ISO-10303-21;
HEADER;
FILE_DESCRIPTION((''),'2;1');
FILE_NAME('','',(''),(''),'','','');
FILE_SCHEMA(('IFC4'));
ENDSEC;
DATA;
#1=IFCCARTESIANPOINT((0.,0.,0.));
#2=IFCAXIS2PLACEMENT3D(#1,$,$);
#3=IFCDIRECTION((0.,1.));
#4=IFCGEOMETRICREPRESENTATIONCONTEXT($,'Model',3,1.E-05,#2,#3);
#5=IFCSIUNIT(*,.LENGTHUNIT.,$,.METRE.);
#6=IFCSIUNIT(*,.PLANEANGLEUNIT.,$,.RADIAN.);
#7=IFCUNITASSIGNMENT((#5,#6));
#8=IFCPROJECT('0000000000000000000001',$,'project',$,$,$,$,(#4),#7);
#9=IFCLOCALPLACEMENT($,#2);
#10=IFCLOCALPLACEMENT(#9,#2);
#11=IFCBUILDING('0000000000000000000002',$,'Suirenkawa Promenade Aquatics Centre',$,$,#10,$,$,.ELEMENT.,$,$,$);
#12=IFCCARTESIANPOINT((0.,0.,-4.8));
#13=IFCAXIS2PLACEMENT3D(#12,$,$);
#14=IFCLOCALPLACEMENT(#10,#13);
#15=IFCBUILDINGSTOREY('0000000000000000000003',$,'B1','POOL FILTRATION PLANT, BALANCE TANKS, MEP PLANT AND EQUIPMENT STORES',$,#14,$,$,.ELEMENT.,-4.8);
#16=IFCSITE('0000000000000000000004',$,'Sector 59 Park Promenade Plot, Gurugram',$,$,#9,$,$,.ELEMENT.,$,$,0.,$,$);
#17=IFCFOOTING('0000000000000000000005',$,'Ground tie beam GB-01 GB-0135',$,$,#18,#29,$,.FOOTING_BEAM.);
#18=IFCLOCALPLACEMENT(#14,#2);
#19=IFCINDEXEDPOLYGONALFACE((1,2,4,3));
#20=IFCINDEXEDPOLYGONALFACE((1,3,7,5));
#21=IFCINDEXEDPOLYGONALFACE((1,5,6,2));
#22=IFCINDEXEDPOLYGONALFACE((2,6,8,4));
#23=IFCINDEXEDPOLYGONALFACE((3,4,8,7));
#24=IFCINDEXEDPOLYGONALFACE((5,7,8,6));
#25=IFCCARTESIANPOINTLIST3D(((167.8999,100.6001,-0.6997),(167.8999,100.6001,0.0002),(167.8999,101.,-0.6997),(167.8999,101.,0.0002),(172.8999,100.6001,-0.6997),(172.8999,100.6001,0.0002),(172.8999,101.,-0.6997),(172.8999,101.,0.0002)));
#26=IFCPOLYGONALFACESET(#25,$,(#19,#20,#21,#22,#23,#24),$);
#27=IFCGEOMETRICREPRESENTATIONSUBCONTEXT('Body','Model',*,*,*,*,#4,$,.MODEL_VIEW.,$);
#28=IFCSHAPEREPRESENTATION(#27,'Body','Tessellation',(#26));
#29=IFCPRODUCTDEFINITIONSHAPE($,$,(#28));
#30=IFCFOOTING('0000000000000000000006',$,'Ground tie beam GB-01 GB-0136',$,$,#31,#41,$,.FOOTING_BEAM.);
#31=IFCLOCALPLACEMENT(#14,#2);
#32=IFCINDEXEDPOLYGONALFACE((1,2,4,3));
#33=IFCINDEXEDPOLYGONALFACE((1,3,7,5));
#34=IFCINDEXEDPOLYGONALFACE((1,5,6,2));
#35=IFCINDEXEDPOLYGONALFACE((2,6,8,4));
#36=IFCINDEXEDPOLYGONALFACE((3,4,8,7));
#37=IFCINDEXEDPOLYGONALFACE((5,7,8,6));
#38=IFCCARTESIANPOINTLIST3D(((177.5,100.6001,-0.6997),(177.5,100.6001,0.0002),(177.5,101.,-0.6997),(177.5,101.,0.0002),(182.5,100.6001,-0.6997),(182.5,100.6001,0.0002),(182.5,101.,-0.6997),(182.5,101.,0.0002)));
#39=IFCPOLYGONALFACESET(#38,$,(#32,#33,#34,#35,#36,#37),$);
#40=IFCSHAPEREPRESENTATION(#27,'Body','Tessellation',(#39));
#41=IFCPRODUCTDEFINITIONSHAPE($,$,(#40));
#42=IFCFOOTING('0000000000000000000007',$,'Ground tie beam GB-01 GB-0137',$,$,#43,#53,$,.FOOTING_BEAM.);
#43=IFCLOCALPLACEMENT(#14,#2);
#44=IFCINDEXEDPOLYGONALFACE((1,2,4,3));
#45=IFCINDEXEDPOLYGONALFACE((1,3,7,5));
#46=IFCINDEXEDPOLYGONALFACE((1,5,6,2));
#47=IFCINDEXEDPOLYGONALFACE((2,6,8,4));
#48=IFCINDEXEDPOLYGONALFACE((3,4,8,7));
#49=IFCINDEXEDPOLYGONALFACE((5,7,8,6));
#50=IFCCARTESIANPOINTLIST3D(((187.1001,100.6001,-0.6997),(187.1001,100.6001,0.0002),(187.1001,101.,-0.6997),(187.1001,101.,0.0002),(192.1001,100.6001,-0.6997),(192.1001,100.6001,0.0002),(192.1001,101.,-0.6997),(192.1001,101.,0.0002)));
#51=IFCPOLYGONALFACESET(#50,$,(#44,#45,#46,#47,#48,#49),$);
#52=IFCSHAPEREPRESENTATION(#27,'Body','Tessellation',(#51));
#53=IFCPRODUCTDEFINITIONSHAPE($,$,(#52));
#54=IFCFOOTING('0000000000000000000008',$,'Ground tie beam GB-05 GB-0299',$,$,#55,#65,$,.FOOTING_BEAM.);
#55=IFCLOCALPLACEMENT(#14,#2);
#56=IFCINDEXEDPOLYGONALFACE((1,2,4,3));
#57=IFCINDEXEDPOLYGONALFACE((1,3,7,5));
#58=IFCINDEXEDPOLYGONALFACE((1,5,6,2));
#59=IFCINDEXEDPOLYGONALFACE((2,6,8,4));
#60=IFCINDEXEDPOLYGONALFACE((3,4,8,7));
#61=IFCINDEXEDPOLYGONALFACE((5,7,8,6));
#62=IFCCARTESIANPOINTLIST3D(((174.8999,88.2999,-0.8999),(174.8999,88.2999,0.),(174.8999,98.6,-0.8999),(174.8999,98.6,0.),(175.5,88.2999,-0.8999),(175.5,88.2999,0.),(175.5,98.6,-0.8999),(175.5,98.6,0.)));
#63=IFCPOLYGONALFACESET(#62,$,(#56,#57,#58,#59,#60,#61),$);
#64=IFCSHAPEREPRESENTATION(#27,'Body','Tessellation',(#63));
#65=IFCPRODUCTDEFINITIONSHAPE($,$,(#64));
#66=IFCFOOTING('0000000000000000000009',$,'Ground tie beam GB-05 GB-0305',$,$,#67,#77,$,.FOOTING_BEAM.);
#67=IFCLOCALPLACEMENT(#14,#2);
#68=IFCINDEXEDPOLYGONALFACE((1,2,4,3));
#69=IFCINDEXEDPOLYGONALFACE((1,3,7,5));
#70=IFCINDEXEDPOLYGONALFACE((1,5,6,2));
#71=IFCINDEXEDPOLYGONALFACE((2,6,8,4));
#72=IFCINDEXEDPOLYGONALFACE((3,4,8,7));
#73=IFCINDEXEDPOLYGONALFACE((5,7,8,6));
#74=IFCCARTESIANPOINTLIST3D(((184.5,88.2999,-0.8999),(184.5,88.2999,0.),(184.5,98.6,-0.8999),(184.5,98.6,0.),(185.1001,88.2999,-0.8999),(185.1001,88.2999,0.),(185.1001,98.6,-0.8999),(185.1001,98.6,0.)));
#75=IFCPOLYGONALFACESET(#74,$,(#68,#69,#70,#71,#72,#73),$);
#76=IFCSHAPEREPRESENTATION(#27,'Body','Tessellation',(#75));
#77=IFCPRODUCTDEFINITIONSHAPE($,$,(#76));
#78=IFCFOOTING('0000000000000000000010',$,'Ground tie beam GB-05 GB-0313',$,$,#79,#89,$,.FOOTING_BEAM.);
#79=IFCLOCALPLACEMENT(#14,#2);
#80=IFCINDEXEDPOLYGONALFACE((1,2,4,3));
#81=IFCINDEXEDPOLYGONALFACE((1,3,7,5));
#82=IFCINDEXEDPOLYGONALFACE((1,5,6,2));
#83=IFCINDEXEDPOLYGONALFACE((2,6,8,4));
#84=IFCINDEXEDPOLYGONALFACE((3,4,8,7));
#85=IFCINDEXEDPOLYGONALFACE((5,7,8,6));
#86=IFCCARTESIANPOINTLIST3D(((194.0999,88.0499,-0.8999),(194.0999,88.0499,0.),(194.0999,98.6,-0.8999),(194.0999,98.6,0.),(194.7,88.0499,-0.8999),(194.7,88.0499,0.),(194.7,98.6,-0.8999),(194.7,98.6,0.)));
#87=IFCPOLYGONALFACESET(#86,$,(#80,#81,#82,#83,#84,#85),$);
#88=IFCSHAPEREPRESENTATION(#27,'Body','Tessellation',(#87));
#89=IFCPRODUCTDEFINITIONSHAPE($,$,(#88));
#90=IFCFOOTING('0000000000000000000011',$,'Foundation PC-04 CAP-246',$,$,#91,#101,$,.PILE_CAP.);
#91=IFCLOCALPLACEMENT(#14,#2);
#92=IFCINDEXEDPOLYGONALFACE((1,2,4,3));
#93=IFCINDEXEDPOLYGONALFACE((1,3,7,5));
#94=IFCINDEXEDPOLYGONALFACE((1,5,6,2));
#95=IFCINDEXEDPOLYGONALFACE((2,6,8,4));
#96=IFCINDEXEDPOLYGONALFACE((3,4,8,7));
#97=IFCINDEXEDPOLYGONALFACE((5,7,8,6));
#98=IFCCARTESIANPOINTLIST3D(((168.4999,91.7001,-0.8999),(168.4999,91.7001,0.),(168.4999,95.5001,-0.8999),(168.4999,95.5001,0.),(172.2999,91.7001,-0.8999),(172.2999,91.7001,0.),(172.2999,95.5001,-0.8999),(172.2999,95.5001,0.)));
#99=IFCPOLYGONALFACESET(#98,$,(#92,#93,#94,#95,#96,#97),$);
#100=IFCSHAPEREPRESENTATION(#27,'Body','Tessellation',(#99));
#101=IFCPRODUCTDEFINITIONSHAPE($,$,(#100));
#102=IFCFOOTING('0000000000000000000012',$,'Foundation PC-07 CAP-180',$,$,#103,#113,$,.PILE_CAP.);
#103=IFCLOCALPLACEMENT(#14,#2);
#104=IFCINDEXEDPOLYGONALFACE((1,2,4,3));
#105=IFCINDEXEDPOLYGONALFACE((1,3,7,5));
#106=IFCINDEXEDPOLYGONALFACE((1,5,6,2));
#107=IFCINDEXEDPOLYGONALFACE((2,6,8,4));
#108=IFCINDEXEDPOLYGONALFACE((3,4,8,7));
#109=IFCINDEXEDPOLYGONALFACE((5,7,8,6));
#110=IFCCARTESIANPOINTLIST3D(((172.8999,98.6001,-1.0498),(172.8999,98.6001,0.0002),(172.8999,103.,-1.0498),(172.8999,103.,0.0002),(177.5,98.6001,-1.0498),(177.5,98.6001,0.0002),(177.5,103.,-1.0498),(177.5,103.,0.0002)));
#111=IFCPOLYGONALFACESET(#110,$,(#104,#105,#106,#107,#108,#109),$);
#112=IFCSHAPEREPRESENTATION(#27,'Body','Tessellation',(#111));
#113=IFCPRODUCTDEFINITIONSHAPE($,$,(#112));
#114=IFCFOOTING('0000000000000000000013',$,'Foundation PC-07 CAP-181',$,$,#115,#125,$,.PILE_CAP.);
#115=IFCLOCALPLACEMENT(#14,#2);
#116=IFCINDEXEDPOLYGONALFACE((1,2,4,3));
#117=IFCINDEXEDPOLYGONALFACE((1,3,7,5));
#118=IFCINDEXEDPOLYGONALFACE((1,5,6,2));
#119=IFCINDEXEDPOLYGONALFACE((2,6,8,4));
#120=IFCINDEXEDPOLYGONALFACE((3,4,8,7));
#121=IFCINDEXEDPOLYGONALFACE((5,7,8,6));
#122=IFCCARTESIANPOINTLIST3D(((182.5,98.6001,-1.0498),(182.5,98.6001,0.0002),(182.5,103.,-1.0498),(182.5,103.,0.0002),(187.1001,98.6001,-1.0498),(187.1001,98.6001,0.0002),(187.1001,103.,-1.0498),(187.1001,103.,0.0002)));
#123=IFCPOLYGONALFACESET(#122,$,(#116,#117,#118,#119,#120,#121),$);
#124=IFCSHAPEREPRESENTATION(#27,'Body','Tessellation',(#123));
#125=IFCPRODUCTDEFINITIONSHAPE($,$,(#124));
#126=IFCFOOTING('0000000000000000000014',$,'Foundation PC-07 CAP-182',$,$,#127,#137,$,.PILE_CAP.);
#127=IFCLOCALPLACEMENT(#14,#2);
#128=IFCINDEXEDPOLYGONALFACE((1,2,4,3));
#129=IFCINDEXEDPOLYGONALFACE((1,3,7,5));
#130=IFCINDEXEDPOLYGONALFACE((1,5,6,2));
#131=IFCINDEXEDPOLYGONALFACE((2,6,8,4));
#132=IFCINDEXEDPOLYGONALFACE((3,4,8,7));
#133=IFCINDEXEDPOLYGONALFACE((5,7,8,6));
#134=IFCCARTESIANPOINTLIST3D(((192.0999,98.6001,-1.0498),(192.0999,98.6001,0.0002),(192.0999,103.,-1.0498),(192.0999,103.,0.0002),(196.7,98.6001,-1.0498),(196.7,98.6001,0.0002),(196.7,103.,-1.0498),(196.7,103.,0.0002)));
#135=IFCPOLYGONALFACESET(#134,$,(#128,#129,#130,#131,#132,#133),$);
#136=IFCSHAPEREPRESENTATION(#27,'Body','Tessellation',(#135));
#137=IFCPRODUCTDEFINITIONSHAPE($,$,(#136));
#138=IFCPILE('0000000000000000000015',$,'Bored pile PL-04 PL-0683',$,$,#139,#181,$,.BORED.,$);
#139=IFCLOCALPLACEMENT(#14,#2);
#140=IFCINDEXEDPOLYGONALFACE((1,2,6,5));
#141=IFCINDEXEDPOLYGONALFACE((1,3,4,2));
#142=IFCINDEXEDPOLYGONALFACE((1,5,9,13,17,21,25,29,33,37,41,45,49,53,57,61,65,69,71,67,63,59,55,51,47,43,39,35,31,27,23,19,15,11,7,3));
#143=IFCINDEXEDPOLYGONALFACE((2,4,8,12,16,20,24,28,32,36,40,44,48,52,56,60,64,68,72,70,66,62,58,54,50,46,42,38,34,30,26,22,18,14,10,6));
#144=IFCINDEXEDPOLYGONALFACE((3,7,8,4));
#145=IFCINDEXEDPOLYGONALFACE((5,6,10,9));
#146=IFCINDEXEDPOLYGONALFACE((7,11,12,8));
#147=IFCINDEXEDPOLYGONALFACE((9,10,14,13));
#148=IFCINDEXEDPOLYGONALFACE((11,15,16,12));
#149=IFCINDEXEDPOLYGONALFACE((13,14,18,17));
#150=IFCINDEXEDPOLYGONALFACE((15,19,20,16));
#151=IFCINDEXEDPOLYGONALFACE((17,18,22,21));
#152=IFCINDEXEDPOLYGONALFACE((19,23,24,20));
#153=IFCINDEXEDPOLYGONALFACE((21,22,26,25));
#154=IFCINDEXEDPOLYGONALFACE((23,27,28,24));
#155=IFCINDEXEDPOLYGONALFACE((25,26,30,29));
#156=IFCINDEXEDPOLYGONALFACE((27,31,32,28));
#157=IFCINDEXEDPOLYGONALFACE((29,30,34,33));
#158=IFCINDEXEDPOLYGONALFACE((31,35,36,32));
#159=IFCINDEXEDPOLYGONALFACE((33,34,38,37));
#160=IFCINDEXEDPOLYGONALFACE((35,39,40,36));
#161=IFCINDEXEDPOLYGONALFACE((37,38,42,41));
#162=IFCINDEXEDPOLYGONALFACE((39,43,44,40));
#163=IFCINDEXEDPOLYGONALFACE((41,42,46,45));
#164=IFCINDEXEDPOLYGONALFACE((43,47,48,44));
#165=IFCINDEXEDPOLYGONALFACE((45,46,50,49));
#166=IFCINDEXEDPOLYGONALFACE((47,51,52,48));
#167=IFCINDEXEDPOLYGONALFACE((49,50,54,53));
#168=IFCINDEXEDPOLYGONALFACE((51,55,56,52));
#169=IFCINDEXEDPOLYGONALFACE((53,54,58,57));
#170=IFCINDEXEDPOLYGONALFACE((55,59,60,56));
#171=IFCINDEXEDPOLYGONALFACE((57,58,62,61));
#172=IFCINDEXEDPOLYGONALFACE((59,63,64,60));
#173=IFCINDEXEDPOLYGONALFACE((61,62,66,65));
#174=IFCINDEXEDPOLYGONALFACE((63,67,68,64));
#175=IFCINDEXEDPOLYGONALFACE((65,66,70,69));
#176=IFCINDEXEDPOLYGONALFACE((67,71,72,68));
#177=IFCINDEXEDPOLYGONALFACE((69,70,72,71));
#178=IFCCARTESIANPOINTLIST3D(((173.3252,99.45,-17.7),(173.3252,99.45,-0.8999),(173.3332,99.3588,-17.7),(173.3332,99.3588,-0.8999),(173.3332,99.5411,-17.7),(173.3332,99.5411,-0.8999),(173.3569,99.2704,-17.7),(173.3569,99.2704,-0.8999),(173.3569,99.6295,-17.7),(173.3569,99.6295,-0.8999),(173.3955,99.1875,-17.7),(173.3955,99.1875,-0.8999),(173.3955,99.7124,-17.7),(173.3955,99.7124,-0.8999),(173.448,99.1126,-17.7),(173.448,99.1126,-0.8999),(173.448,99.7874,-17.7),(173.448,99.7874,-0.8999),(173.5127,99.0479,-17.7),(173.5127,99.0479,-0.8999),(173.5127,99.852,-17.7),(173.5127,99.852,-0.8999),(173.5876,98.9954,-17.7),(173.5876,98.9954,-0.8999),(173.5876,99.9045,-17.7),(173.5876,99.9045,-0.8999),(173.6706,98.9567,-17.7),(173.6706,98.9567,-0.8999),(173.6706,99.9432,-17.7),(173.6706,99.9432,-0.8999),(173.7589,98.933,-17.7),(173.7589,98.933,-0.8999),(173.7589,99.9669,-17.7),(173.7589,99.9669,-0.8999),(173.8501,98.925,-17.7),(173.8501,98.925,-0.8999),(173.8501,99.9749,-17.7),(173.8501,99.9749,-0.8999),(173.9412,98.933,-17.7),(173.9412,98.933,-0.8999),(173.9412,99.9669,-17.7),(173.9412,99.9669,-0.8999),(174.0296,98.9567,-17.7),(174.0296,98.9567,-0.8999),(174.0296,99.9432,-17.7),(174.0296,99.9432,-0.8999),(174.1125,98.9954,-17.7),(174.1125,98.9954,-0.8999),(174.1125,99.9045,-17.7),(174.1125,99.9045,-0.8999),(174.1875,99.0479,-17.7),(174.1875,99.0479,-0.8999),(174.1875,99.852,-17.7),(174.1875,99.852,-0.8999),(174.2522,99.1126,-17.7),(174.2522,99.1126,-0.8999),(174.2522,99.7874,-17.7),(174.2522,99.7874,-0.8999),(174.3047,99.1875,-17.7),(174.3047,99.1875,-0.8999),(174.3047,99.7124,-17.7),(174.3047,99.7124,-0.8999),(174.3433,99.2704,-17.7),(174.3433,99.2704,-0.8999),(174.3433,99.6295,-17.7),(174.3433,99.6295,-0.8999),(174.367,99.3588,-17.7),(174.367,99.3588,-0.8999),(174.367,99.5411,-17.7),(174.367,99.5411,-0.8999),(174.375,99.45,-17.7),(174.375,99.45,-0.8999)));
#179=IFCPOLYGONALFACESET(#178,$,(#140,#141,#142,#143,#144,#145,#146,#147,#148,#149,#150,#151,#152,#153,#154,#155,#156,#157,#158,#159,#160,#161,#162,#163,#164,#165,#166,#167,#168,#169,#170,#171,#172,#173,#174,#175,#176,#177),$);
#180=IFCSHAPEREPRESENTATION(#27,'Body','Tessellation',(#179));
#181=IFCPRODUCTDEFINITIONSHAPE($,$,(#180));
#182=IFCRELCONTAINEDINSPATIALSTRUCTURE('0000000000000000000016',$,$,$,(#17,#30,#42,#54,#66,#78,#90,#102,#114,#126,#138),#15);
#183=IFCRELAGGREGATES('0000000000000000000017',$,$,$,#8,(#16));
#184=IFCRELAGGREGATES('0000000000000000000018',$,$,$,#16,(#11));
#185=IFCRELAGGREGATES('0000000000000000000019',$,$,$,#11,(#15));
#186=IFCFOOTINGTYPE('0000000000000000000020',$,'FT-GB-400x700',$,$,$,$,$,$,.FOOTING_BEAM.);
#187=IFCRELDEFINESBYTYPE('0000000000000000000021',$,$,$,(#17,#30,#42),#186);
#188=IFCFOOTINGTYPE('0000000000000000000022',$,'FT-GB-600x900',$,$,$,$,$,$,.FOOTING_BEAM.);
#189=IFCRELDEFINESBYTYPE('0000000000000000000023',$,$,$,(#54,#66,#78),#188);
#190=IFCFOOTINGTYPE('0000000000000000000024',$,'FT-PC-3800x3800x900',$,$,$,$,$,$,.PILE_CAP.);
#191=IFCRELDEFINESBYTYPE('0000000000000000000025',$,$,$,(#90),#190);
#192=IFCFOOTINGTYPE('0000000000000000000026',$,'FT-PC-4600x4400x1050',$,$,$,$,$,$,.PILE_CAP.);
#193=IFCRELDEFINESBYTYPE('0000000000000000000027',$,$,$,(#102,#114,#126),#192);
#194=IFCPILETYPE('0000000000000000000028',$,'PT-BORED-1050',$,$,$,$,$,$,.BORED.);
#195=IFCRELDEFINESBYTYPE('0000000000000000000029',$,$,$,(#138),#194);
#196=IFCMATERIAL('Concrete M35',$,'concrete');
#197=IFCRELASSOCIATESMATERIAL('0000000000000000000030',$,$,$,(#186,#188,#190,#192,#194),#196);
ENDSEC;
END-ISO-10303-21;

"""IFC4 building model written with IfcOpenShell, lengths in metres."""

from ifc_helpers import new_model, si_unit, direction, frame, origin, origin_2d, place, context, subcontext, project, spatial, rectangle, circle, extrude, material, material_profile, profile_set, type_object, element, save


model = new_model("IFC4")

# Units and contexts
model_context = context("Model", 3, precision=1e-05, world=origin(), true_north=direction((0.0, 1.0)))
body_context = subcontext(model_context, "Body", "Model", "MODEL_VIEW")
ifc_project = project(units=[si_unit("LENGTHUNIT", "METRE"), si_unit("PLANEANGLEUNIT", "RADIAN")], contexts=[model_context])

# Site, building, storey
site_placement = place(None, origin())
site = spatial("IfcSite", under=ifc_project, at=site_placement, Name="Sector 59 Park Promenade Plot, Gurugram", CompositionType="ELEMENT", RefElevation=0.0)
building_placement = place(site_placement, origin())
building = spatial("IfcBuilding", under=site, at=building_placement, Name="Suirenkawa Promenade Aquatics Centre", CompositionType="ELEMENT")
storey_placement = place(building_placement, frame((0.0, 0.0, -4.8)))
storey = spatial("IfcBuildingStorey", under=building, at=storey_placement, Name="B1", Description="POOL FILTRATION PLANT, BALANCE TANKS, MEP PLANT AND EQUIPMENT STORES", CompositionType="ELEMENT", Elevation=-4.8)

# Footings
ifc_material_1 = material(Name="Concrete M35", Category="concrete")
footing_type_1 = type_object("IfcFootingType", Name="FT-GB-400x700", PredefinedType="FOOTING_BEAM", material=ifc_material_1)
for number, where, z_axis, x_axis, name in (
    (1, (170.3999, 100.8, -0.6997), (0.0, 0.0, 1.0), (1.0, 0.0, 0.0), "Ground tie beam GB-01 GB-0135"),
    (2, (180.0, 100.8, -0.6997), (0.0, 0.0, 1.0), (1.0, 0.0, 0.0), "Ground tie beam GB-01 GB-0136"),
    (3, (189.6001, 100.8, -0.6997), (0.0, 0.0, 1.0), (1.0, 0.0, 0.0), "Ground tie beam GB-01 GB-0137"),
):
    element("IfcFooting", number, at=place(storey_placement, frame(where, z_axis=z_axis, x_axis=x_axis)), inside=storey, type_object=footing_type_1, Name=name, PredefinedType="FOOTING_BEAM", context=body_context, shape_type="SweptSolid", body=[
        extrude(rectangle(XDim=5.0, YDim=0.3999, at=origin_2d()), origin(), (0.0, 0.0, 1.0), 0.7),
    ])
footing_type_2 = type_object("IfcFootingType", Name="FT-GB-600x900", PredefinedType="FOOTING_BEAM", material=ifc_material_1)
for number, where, z_axis, x_axis, name in (
    (4, (175.2, 93.45, -0.8999), (0.0, 0.0, 1.0), (0.0, 1.0, 0.0), "Ground tie beam GB-05 GB-0299"),
    (5, (184.8, 93.45, -0.8999), (0.0, 0.0, 1.0), (0.0, 1.0, 0.0), "Ground tie beam GB-05 GB-0305"),
):
    element("IfcFooting", number, at=place(storey_placement, frame(where, z_axis=z_axis, x_axis=x_axis)), inside=storey, type_object=footing_type_2, Name=name, PredefinedType="FOOTING_BEAM", context=body_context, shape_type="SweptSolid", body=[
        extrude(rectangle(XDim=10.3, YDim=0.6001, at=origin_2d()), origin(), (0.0, 0.0, 1.0), 0.8999),
    ])
footing_1_placement = place(storey_placement, frame((194.3999, 93.325, -0.8999), z_axis=(0.0, 0.0, 1.0), x_axis=(0.0, 1.0, 0.0)))
element("IfcFooting", 6, at=footing_1_placement, inside=storey, type_object=footing_type_2, Name="Ground tie beam GB-05 GB-0313", PredefinedType="FOOTING_BEAM", context=body_context, shape_type="SweptSolid", body=[
    extrude(rectangle(XDim=10.55, YDim=0.6001, at=origin_2d()), origin(), (0.0, 0.0, 1.0), 0.8999),
])
footing_type_3 = type_object("IfcFootingType", Name="FT-PC-3800x3800x900", PredefinedType="PILE_CAP", material=ifc_material_1)
footing_2_placement = place(storey_placement, frame((170.3999, 93.6001, -0.8999), z_axis=(0.0, 0.0, 1.0), x_axis=(1.0, 0.0, 0.0)))
element("IfcFooting", 7, at=footing_2_placement, inside=storey, type_object=footing_type_3, Name="Foundation PC-04 CAP-246", PredefinedType="PILE_CAP", context=body_context, shape_type="SweptSolid", body=[
    extrude(rectangle(XDim=3.8, YDim=3.8, at=origin_2d()), origin(), (0.0, 0.0, 1.0), 0.8999),
])
footing_type_4 = type_object("IfcFootingType", Name="FT-PC-4600x4400x1050", PredefinedType="PILE_CAP", material=ifc_material_1)
for number, where, z_axis, x_axis, name in (
    (8, (175.2, 100.8, -1.0498), (0.0, 0.0, 1.0), (1.0, 0.0, 0.0), "Foundation PC-07 CAP-180"),
    (9, (184.8, 100.8, -1.0498), (0.0, 0.0, 1.0), (1.0, 0.0, 0.0), "Foundation PC-07 CAP-181"),
    (10, (194.3999, 100.8, -1.0498), (0.0, 0.0, 1.0), (1.0, 0.0, 0.0), "Foundation PC-07 CAP-182"),
):
    element("IfcFooting", number, at=place(storey_placement, frame(where, z_axis=z_axis, x_axis=x_axis)), inside=storey, type_object=footing_type_4, Name=name, PredefinedType="PILE_CAP", context=body_context, shape_type="SweptSolid", body=[
        extrude(rectangle(XDim=4.6001, YDim=4.3999, at=origin_2d()), origin(), (0.0, 0.0, 1.0), 1.05),
    ])

# Pile
ifc_material_profile_1 = material_profile(ifc_material_1, circle(Radius=0.5249, at=origin_2d()), Name="PILE D1050", Category="concrete")
ifc_profile_set_1 = profile_set([ifc_material_profile_1], Name="Concrete M35")
pile_type_1 = type_object("IfcPileType", Name="PT-BORED-1050", PredefinedType="BORED", material=ifc_profile_set_1)
for number, where, z_axis, x_axis, name in (
    (11, (173.8501, 99.45, -0.8999), (0.0, 0.0, -1.0), (1.0, 0.0, 0.0), "Bored pile PL-04 PL-0683"),
):
    element("IfcPile", number, at=place(storey_placement, frame(where, z_axis=z_axis, x_axis=x_axis)), inside=storey, type_object=pile_type_1, Name=name, PredefinedType="BORED", context=body_context, shape_type="SweptSolid", body=[
        extrude(circle(Radius=0.5249, at=origin_2d()), origin(), (0.0, 0.0, 1.0), 16.8),
    ])

save(model, "model.ifc")
